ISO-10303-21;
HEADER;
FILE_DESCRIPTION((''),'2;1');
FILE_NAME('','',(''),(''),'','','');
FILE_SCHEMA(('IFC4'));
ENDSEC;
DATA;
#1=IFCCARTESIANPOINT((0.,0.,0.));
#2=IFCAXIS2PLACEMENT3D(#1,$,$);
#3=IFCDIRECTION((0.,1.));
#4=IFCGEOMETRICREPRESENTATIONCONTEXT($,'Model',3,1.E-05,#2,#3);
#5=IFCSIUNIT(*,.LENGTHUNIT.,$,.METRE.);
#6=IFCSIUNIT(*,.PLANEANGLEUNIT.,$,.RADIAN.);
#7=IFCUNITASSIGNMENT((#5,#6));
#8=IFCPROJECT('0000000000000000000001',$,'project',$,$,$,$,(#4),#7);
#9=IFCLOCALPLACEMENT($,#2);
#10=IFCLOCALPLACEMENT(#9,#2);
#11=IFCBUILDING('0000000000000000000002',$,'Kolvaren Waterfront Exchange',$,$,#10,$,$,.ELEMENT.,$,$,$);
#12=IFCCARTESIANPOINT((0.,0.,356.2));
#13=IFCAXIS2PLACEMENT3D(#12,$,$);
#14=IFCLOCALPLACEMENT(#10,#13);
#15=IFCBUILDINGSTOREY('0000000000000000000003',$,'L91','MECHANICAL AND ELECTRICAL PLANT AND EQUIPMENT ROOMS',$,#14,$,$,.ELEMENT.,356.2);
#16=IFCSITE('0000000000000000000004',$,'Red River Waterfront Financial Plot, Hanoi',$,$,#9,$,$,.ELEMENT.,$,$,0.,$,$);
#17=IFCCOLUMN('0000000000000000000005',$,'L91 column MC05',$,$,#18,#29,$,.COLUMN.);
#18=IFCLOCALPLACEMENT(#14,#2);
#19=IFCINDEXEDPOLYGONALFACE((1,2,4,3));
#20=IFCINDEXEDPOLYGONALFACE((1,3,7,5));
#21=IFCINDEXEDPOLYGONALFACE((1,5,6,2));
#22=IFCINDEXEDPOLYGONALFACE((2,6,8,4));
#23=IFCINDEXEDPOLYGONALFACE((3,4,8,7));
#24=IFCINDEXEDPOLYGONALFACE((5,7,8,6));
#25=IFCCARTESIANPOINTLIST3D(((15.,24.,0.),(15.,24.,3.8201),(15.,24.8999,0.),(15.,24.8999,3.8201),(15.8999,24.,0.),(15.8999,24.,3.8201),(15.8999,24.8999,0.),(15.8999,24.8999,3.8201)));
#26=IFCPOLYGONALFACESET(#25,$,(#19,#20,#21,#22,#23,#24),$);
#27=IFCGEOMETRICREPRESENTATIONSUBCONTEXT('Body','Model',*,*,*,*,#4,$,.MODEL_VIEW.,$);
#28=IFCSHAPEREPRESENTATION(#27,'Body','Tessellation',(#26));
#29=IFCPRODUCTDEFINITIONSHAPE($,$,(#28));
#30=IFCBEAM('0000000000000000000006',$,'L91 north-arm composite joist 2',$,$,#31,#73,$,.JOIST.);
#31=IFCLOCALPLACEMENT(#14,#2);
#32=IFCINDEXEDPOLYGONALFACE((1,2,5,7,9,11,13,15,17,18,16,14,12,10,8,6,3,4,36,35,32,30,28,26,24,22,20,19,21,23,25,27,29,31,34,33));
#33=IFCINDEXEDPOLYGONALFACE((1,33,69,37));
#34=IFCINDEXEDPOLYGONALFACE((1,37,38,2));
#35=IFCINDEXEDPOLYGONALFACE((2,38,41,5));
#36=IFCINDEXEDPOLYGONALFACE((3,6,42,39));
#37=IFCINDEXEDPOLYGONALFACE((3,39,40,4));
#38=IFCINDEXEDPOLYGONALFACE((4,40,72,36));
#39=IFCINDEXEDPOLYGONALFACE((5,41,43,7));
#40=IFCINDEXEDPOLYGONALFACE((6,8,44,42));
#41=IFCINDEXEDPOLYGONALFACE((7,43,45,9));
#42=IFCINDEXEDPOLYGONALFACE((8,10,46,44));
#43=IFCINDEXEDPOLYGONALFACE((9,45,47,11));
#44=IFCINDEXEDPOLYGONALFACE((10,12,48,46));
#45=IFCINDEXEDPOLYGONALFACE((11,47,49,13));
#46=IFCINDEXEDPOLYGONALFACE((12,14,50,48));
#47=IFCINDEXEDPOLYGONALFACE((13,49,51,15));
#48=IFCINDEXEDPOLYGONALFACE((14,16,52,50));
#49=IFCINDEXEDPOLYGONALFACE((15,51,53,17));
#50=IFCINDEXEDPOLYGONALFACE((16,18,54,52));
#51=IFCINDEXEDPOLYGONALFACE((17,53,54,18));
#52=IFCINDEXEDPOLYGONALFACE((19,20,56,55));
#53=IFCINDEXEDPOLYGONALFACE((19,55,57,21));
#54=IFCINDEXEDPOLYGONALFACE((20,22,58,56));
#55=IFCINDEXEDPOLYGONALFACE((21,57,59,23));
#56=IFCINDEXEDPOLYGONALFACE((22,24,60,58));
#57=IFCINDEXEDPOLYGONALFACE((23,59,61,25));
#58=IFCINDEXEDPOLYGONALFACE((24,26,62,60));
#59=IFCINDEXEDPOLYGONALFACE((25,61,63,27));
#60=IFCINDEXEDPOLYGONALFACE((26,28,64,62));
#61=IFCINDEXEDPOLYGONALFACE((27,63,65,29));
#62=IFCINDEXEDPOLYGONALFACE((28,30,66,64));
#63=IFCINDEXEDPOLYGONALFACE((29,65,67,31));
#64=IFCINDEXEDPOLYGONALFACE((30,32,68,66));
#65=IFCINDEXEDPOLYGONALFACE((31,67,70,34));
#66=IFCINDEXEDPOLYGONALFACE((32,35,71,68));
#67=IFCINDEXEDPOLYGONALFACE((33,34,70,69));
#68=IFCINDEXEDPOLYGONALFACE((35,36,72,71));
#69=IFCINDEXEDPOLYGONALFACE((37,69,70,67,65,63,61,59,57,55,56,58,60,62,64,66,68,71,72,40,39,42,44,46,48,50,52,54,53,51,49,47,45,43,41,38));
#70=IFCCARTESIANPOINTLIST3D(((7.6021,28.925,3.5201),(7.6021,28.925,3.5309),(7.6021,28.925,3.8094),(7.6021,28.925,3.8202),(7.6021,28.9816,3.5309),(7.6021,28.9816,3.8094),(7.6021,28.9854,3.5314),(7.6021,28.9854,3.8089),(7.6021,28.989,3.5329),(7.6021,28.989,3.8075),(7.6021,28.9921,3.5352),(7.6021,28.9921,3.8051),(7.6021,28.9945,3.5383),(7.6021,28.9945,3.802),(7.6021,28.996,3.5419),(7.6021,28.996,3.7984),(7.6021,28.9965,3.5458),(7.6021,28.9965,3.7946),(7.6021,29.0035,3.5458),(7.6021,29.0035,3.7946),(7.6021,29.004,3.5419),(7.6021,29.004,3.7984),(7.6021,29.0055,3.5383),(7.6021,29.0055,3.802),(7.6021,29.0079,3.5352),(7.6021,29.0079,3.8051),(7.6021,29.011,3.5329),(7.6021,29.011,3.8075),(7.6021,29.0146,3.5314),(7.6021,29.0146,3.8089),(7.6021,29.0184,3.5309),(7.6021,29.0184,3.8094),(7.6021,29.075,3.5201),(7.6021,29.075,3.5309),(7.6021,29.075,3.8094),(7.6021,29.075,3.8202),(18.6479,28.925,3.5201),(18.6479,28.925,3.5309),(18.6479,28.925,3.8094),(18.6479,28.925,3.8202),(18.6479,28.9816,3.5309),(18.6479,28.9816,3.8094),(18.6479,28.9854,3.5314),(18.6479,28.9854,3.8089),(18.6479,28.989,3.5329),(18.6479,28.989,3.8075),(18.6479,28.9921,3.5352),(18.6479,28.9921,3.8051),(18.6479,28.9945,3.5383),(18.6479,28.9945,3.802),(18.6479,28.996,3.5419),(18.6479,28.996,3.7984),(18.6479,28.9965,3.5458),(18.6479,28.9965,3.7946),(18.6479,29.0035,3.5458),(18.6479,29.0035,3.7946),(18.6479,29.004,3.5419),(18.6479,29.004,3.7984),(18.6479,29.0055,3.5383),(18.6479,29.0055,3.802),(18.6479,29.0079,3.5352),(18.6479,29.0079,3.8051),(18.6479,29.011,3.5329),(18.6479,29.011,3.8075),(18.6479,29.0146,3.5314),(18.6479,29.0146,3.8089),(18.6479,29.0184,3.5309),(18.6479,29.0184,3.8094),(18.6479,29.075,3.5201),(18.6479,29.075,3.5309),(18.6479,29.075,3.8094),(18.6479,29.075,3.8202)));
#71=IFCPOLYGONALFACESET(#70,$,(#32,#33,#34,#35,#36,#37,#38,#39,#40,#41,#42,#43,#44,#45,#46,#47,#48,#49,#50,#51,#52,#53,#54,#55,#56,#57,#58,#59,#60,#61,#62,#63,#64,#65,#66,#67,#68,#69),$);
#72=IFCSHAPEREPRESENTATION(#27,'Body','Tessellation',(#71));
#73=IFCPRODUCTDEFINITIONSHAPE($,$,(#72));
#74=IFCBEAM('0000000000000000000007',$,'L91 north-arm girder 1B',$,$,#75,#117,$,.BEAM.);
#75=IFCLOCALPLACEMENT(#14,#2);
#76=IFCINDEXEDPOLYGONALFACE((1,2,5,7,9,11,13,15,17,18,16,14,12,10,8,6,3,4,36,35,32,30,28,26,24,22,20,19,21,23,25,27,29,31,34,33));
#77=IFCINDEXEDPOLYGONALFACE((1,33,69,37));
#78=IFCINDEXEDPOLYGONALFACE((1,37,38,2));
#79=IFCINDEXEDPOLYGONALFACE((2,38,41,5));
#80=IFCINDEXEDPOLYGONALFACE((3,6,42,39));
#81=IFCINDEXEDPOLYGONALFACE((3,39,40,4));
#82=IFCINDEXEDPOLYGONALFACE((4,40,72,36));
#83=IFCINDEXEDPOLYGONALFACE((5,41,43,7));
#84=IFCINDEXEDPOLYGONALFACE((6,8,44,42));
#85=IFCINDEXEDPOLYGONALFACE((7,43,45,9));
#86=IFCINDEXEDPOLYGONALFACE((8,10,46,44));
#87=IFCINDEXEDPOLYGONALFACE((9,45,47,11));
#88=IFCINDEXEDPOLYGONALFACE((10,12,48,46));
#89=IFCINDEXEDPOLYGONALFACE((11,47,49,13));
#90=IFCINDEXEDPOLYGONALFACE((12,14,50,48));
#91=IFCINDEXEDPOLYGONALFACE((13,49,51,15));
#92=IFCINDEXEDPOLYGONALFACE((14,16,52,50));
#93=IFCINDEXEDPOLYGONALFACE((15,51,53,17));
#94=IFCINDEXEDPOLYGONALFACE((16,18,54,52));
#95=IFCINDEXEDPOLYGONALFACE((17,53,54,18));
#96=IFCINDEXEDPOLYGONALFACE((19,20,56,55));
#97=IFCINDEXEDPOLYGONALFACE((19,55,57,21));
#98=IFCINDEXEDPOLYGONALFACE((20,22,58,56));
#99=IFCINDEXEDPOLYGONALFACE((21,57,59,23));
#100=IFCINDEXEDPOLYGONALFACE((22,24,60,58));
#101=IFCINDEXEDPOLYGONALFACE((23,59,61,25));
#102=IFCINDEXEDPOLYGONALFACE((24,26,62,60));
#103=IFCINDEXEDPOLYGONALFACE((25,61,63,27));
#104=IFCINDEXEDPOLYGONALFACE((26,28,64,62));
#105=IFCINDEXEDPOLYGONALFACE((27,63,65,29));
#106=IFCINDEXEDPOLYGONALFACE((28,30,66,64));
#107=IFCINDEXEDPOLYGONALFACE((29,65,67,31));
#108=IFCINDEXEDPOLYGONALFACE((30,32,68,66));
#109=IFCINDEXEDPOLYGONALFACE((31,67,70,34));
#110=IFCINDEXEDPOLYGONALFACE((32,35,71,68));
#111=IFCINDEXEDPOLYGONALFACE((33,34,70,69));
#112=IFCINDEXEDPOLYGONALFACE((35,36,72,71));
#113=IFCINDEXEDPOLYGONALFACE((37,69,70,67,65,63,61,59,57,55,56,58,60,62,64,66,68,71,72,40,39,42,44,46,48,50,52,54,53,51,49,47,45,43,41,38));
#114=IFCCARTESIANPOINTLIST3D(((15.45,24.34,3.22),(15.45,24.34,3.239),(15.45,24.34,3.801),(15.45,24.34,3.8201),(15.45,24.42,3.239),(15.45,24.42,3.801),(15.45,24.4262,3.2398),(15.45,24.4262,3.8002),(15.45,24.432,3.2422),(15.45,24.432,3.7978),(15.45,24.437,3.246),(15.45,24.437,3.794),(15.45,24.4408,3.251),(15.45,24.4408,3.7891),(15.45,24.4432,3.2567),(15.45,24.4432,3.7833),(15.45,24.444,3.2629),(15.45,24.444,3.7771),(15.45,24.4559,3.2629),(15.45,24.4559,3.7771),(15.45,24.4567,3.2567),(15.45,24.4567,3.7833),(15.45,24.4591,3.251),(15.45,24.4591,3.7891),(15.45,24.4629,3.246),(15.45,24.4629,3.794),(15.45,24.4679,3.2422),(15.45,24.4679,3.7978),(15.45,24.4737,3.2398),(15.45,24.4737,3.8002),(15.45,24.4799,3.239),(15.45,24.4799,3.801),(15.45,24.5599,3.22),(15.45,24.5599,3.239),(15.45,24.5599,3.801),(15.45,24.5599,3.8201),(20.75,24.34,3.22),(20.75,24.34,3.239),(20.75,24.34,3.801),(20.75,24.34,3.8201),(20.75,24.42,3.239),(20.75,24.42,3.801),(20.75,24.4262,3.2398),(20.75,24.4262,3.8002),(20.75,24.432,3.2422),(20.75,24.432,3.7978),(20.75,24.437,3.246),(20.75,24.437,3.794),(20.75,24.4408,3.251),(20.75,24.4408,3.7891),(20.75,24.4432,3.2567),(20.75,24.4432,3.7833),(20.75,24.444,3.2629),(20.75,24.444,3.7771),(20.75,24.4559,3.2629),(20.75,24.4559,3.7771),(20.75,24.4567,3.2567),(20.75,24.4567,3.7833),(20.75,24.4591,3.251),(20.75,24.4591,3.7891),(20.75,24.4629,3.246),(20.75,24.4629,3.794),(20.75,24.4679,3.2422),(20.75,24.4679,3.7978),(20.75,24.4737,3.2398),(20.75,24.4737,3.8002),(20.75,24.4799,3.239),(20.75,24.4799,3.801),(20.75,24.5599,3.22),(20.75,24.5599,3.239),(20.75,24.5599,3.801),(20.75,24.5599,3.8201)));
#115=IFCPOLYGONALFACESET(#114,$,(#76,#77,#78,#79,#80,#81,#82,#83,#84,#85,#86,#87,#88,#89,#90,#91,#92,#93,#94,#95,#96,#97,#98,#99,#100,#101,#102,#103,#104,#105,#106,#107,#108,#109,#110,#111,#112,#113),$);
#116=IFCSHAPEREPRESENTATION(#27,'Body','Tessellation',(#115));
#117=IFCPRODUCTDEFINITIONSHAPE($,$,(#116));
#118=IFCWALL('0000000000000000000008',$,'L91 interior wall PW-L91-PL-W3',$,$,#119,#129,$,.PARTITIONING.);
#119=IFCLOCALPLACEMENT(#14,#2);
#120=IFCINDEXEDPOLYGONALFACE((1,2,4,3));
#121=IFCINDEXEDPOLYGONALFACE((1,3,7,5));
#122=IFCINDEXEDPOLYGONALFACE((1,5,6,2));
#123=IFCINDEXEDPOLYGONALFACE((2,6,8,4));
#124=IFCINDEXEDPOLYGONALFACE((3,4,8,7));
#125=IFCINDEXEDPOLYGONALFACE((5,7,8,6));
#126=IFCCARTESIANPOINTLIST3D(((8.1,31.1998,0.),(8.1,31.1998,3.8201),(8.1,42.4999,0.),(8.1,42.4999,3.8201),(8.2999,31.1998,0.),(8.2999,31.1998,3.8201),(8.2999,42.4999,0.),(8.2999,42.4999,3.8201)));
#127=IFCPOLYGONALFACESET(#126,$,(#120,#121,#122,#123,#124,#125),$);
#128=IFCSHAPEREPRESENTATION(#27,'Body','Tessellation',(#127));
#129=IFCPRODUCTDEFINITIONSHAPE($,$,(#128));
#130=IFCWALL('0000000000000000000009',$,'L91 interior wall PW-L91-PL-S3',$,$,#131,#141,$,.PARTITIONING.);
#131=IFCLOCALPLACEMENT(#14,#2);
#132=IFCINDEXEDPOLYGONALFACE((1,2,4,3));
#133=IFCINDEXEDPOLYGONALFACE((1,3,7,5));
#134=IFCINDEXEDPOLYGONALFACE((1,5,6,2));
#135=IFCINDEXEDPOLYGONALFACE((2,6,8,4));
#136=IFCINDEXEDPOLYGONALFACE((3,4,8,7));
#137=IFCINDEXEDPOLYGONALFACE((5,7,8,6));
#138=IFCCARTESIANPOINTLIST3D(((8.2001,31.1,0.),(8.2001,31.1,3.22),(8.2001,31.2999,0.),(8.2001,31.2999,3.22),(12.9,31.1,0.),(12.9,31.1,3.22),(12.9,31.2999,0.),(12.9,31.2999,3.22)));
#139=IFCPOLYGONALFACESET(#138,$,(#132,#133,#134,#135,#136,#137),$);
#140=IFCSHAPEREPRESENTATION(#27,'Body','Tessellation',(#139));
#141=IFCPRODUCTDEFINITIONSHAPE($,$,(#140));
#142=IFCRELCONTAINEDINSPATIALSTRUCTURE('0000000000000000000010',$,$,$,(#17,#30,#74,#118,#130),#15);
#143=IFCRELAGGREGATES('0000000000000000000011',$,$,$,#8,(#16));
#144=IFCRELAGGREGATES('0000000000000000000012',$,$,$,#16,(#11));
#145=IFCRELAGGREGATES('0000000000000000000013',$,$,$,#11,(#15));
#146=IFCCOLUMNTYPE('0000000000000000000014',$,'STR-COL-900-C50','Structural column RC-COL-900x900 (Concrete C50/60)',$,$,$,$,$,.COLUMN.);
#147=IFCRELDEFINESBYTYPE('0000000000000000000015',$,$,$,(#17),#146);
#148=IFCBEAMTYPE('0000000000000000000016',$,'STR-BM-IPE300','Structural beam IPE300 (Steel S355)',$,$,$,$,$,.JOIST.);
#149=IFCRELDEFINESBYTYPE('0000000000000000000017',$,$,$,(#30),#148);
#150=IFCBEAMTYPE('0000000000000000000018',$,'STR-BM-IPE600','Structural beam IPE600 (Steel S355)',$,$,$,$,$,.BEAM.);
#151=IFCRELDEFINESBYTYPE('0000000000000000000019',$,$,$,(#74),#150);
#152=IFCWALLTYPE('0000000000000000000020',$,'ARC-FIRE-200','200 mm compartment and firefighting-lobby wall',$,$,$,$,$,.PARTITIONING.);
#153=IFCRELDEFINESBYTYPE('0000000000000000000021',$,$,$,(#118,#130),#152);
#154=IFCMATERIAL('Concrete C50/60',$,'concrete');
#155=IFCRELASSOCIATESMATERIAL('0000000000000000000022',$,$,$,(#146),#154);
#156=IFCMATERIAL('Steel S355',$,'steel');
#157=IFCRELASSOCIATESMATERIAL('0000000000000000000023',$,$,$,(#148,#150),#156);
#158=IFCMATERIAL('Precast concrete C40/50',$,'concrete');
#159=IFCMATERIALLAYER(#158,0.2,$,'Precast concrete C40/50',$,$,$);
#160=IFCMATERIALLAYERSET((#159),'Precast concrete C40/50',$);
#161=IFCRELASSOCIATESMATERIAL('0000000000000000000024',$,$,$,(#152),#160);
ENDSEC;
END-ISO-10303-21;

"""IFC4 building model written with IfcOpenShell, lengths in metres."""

from ifc_helpers import new_model, si_unit, direction, frame, frame_2d, origin, origin_2d, place, context, subcontext, project, spatial, rectangle, i_section, extrude, material, layer, layer_set, material_profile, profile_set, type_object, element, save


model = new_model("IFC4")

# Units and contexts
model_context = context("Model", 3, precision=1e-05, world=origin(), true_north=direction((0.0, 1.0)))
body_context = subcontext(model_context, "Body", "Model", "MODEL_VIEW")
ifc_project = project(units=[si_unit("LENGTHUNIT", "METRE"), si_unit("PLANEANGLEUNIT", "RADIAN")], contexts=[model_context])

# Site, building, storey
site_placement = place(None, origin())
site = spatial("IfcSite", under=ifc_project, at=site_placement, Name="Red River Waterfront Financial Plot, Hanoi", CompositionType="ELEMENT", RefElevation=0.0)
building_placement = place(site_placement, origin())
building = spatial("IfcBuilding", under=site, at=building_placement, Name="Kolvaren Waterfront Exchange", CompositionType="ELEMENT")
storey_placement = place(building_placement, frame((0.0, 0.0, 356.2)))
storey = spatial("IfcBuildingStorey", under=building, at=storey_placement, Name="L91", Description="MECHANICAL AND ELECTRICAL PLANT AND EQUIPMENT ROOMS", CompositionType="ELEMENT", Elevation=356.2)

# Column
ifc_material_1 = material(Name="Concrete C50/60", Category="concrete")
ifc_material_profile_1 = material_profile(ifc_material_1, rectangle(XDim=0.8999, YDim=0.8999, at=origin_2d()), Name="RC-COL-900x900")
ifc_profile_set_1 = profile_set([ifc_material_profile_1], Name="Concrete C50/60")
column_type = type_object("IfcColumnType", Name="STR-COL-900-C50", Description="Structural column RC-COL-900x900 (Concrete C50/60)", PredefinedType="COLUMN", material=ifc_profile_set_1)
column_placement = place(storey_placement, frame((15.45, 24.45, 0.0), z_axis=(0.0, 0.0, 1.0), x_axis=(1.0, 0.0, 0.0)))
element("IfcColumn", 1, at=column_placement, inside=storey, type_object=column_type, Name="L91 column MC05", PredefinedType="COLUMN", context=body_context, shape_type="SweptSolid", body=[
    extrude(rectangle(XDim=0.8999, YDim=0.8999, at=origin_2d()), origin(), (0.0, 0.0, 1.0), 3.8201),
])

# Beams
ifc_material_2 = material(Name="Steel S355", Category="steel")
ifc_material_profile_2 = material_profile(ifc_material_2, i_section(OverallWidth=0.1499, OverallDepth=0.3, WebThickness=0.0071, FlangeThickness=0.0107, FilletRadius=0.0149, at=origin_2d()), Name="IPE300")
ifc_profile_set_2 = profile_set([ifc_material_profile_2], Name="Steel S355")
beam_type_1 = type_object("IfcBeamType", Name="STR-BM-IPE300", Description="Structural beam IPE300 (Steel S355)", PredefinedType="JOIST", material=ifc_profile_set_2)
beam_1_placement = place(storey_placement, frame((7.6021, 29.0, 3.6702), z_axis=(1.0, 0.0, 0.0), x_axis=(0.0, 1.0, 0.0)))
element("IfcBeam", 2, at=beam_1_placement, inside=storey, type_object=beam_type_1, Name="L91 north-arm composite joist 2", PredefinedType="JOIST", context=body_context, shape_type="SweptSolid", body=[
    extrude(i_section(OverallWidth=0.1499, OverallDepth=0.3, WebThickness=0.0071, FlangeThickness=0.0107, FilletRadius=0.0149, at=origin_2d()), origin(), (0.0, 0.0, 1.0), 11.0459),
])
ifc_material_profile_3 = material_profile(ifc_material_2, i_section(OverallWidth=0.22, OverallDepth=0.6001, WebThickness=0.012, FlangeThickness=0.019, FilletRadius=0.0239, at=origin_2d()), Name="IPE600")
ifc_profile_set_3 = profile_set([ifc_material_profile_3], Name="Steel S355")
beam_type_2 = type_object("IfcBeamType", Name="STR-BM-IPE600", Description="Structural beam IPE600 (Steel S355)", PredefinedType="BEAM", material=ifc_profile_set_3)
beam_2_placement = place(storey_placement, frame((15.45, 24.45, 3.52), z_axis=(1.0, 0.0, 0.0), x_axis=(0.0, 1.0, 0.0)))
element("IfcBeam", 3, at=beam_2_placement, inside=storey, type_object=beam_type_2, Name="L91 north-arm girder 1B", PredefinedType="BEAM", context=body_context, shape_type="SweptSolid", body=[
    extrude(i_section(OverallWidth=0.22, OverallDepth=0.6001, WebThickness=0.012, FlangeThickness=0.019, FilletRadius=0.0239, at=origin_2d()), origin(), (0.0, 0.0, 1.0), 5.3),
])

# Walls
ifc_material_3 = material(Name="Precast concrete C40/50", Category="concrete")
ifc_layer_1 = layer(ifc_material_3, 0.2, Name="Precast concrete C40/50")
ifc_layer_set_1 = layer_set([ifc_layer_1], Name="Precast concrete C40/50")
wall_type_1 = type_object("IfcWallType", Name="ARC-FIRE-200", Description="200 mm compartment and firefighting-lobby wall", PredefinedType="PARTITIONING", material=ifc_layer_set_1)
wall_1_placement = place(storey_placement, frame((8.2, 31.2, 0.0), z_axis=(0.0, 0.0, 1.0), x_axis=(0.0, 1.0, 0.0)))
element("IfcWall", 4, at=wall_1_placement, inside=storey, type_object=wall_type_1, Name="L91 interior wall PW-L91-PL-W3", PredefinedType="PARTITIONING", context=body_context, shape_type="SweptSolid", body=[
    extrude(rectangle(XDim=11.3, YDim=0.2, at=frame_2d((5.6499, 0.0))), origin(), (0.0, 0.0, 1.0), 3.8201),
])
wall_2_placement = place(storey_placement, frame((8.2, 31.2, 0.0), z_axis=(0.0, 0.0, 1.0), x_axis=(1.0, 0.0, 0.0)))
element("IfcWall", 5, at=wall_2_placement, inside=storey, type_object=wall_type_1, Name="L91 interior wall PW-L91-PL-S3", PredefinedType="PARTITIONING", context=body_context, shape_type="SweptSolid", body=[
    extrude(rectangle(XDim=4.7, YDim=0.2, at=frame_2d((2.3501, 0.0))), origin(), (0.0, 0.0, 1.0), 3.22),
])

save(model, "model.ifc")
